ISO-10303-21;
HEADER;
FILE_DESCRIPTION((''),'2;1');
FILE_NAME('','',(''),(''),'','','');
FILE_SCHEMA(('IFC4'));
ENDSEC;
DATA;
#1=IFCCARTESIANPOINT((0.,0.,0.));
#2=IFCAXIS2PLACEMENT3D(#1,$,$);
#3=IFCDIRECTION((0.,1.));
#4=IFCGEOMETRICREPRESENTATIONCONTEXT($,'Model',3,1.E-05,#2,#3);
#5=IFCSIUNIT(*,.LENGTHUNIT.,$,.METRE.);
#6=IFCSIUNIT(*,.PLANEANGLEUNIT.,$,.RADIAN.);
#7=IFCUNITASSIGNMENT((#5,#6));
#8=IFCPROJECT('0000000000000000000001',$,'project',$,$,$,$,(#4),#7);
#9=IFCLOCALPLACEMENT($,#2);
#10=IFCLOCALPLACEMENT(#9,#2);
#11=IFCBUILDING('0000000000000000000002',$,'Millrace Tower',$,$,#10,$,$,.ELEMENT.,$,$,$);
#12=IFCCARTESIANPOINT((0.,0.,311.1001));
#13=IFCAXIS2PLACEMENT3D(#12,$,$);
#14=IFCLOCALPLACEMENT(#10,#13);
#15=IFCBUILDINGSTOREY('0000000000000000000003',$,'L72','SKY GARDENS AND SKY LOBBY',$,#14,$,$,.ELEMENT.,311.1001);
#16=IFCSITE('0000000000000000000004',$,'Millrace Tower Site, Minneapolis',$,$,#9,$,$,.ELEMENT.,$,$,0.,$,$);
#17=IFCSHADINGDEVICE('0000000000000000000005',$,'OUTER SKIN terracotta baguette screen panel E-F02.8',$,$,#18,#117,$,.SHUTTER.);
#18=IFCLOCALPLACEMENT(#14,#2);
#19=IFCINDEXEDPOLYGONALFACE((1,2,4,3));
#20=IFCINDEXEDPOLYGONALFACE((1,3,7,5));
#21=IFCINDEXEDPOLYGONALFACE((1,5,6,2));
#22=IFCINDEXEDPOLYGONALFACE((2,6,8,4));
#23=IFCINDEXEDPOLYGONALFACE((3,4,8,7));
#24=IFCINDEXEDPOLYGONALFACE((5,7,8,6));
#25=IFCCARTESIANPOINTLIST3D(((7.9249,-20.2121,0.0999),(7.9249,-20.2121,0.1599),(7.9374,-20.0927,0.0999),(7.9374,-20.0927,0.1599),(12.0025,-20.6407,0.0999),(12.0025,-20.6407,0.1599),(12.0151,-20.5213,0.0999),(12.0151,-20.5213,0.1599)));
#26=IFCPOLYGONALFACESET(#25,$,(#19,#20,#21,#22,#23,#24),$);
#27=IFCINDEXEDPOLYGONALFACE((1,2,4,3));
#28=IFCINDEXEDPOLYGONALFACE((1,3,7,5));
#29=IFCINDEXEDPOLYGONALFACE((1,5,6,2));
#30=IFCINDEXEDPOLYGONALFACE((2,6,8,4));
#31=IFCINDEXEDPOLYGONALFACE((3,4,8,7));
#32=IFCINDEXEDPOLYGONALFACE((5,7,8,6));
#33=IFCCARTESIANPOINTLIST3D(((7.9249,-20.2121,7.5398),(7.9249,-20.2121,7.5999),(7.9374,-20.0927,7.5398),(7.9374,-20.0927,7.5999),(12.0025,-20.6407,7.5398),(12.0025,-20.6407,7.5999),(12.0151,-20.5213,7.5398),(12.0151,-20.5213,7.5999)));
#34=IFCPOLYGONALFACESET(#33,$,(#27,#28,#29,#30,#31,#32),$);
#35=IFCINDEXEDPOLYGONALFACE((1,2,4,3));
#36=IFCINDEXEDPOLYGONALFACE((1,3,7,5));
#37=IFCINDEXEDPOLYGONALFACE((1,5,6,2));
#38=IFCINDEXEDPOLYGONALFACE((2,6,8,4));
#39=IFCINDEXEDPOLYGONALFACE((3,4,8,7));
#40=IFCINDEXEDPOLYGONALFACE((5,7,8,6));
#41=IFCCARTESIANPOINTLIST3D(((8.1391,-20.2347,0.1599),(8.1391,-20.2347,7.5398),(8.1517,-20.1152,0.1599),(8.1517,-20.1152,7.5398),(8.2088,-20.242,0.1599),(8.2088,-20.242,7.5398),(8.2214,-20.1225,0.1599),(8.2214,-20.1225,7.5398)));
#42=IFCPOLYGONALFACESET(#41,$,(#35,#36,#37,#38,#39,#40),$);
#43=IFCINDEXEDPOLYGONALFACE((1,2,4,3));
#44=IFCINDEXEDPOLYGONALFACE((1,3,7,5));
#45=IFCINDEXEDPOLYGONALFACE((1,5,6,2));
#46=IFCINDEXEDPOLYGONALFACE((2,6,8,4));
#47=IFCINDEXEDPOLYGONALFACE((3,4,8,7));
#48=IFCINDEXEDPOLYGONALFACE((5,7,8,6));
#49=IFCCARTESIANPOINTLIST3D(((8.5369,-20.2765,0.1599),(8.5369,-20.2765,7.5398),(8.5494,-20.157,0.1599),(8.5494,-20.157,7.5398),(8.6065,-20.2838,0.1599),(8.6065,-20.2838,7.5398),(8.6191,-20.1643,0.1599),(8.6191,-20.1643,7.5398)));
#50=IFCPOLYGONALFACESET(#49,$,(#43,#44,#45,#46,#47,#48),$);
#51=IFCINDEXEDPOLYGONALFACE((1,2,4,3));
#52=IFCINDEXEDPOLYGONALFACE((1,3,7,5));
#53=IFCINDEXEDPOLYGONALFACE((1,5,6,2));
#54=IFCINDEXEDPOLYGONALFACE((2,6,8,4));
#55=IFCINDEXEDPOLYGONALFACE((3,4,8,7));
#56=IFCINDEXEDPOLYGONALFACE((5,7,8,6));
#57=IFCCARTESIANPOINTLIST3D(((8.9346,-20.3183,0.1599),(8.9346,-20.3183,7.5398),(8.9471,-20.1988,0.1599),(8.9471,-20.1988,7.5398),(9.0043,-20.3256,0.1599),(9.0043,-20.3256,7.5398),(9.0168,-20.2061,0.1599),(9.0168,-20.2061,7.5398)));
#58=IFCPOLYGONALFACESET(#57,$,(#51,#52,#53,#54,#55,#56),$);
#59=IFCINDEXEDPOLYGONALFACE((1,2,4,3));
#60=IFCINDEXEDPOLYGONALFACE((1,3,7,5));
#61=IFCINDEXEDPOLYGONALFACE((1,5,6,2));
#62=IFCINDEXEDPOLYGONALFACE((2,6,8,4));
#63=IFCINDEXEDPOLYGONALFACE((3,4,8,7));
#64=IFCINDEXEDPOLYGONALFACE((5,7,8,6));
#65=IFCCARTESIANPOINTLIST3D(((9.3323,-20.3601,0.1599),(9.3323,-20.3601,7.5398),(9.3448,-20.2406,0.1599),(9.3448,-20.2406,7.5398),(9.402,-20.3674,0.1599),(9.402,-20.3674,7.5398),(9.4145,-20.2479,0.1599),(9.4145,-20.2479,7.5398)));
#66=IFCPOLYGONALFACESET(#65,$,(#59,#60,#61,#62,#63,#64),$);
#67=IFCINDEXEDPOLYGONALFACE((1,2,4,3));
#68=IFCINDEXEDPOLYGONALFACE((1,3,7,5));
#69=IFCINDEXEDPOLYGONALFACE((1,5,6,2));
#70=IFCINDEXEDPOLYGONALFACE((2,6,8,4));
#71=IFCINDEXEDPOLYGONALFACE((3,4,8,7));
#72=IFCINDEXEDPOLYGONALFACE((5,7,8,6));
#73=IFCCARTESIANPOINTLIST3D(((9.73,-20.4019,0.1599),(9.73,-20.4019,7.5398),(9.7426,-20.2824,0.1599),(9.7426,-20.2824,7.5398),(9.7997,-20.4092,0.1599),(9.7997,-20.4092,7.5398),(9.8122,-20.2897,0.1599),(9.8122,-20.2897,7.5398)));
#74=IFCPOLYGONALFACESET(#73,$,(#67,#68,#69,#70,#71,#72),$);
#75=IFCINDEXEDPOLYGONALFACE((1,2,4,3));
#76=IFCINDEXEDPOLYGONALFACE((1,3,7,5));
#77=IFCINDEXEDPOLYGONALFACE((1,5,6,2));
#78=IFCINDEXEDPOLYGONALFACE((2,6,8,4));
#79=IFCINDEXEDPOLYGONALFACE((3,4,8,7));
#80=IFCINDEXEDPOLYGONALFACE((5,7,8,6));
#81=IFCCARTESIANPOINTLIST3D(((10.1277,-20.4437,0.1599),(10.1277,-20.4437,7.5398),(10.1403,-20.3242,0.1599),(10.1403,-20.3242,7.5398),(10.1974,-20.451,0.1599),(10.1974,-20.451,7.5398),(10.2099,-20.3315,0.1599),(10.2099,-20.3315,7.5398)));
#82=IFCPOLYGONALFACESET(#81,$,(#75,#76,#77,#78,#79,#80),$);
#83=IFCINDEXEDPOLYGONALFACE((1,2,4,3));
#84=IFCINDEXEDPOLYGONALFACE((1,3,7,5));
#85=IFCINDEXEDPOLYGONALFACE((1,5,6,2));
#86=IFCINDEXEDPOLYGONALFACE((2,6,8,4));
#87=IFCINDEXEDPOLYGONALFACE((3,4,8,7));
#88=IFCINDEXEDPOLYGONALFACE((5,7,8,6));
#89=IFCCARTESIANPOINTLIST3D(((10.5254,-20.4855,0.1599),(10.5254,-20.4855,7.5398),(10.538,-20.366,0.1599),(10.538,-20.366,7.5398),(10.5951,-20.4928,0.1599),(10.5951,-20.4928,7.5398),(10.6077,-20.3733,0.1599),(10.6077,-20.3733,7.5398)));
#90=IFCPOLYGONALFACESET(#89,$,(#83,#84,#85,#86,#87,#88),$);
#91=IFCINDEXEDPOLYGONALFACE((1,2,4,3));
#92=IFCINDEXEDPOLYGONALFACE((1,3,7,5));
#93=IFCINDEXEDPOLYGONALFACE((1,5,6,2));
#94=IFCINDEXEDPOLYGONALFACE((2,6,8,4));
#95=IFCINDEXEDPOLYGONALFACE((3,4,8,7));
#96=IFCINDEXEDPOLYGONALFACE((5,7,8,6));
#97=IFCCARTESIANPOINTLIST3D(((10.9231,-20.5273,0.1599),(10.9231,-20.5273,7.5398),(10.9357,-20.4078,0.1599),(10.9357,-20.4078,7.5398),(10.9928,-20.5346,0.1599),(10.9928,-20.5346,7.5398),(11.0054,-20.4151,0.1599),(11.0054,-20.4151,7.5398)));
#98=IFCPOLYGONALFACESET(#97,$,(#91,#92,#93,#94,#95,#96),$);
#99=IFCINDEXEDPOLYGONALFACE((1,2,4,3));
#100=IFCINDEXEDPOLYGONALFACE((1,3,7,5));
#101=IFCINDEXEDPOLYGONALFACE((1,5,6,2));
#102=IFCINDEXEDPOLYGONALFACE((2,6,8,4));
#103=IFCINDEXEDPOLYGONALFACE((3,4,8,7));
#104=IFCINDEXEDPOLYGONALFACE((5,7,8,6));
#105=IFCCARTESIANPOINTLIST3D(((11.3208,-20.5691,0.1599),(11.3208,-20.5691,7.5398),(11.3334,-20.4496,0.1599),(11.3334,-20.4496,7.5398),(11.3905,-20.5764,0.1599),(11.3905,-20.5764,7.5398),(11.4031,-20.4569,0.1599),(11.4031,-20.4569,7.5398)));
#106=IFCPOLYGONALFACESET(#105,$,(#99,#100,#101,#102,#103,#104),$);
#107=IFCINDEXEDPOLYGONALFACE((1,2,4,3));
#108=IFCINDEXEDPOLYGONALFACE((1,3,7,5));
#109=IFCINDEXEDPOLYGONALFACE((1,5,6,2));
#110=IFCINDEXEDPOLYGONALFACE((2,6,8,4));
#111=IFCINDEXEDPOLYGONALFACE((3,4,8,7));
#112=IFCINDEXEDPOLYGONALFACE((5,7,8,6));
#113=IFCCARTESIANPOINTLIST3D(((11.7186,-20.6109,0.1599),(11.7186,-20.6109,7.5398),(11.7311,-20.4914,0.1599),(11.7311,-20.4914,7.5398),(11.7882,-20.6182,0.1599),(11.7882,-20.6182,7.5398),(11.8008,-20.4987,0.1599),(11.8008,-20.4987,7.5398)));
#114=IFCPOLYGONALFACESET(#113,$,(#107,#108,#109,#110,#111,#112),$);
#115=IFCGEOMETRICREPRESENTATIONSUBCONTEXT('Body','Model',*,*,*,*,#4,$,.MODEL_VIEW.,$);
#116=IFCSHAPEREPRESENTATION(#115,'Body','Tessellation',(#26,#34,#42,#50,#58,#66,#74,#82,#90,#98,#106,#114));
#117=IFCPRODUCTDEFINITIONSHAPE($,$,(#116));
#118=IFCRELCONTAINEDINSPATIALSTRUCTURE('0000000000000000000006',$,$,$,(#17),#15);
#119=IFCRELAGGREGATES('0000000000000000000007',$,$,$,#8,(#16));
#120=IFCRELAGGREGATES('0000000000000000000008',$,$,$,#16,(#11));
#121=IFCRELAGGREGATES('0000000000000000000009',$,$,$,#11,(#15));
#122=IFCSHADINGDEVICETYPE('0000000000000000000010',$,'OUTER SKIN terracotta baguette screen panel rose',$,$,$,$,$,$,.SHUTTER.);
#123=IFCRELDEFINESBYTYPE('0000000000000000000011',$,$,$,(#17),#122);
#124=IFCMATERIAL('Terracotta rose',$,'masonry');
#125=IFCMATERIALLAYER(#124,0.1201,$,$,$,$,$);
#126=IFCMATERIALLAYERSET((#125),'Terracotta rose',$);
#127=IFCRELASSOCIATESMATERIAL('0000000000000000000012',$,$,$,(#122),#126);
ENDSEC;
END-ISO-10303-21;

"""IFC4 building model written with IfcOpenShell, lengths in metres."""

from ifc_helpers import new_model, entity, si_unit, direction, frame, frame_2d, origin, place, context, subcontext, project, spatial, rectangle, extrude, source, transform, mapped, material, layer, layer_set, type_object, element, save


model = new_model("IFC4")

# Units and contexts
model_context = context("Model", 3, precision=1e-05, world=origin(), true_north=direction((0.0, 1.0)))
body_context = subcontext(model_context, "Body", "Model", "MODEL_VIEW")
ifc_project = project(units=[si_unit("LENGTHUNIT", "METRE"), si_unit("PLANEANGLEUNIT", "RADIAN")], contexts=[model_context])

# Site, building, storey
site_placement = place(None, origin())
site = spatial("IfcSite", under=ifc_project, at=site_placement, Name="Millrace Tower Site, Minneapolis", CompositionType="ELEMENT", RefElevation=0.0)
building_placement = place(site_placement, origin())
building = spatial("IfcBuilding", under=site, at=building_placement, Name="Millrace Tower", CompositionType="ELEMENT")
storey_placement = place(building_placement, frame((0.0, 0.0, 311.1001)))
storey = spatial("IfcBuildingStorey", under=building, at=storey_placement, Name="L72", Description="SKY GARDENS AND SKY LOBBY", CompositionType="ELEMENT", Elevation=311.1001)

# Shading device
ifc_material_1 = material(Name="Terracotta rose", Category="masonry")
ifc_layer_1 = layer(ifc_material_1, 0.1201)
ifc_layer_set_1 = layer_set([ifc_layer_1], Name="Terracotta rose")
shading_device_type = type_object("IfcShadingDeviceType", Name="OUTER SKIN terracotta baguette screen panel rose", PredefinedType="SHUTTER", material=ifc_layer_set_1)
cartesian_point_1 = entity("IfcCartesianPoint", [-2.05, 0.0601])
shared_polyline_1 = entity("IfcPolyline", [cartesian_point_1, entity("IfcCartesianPoint", [2.05, 0.0601]), entity("IfcCartesianPoint", [2.05, -0.0601]), entity("IfcCartesianPoint", [-2.05, -0.0601]), cartesian_point_1])
shared_shape_1 = source(origin(), body_context, "Body", "SweptSolid", [
    entity("IfcExtrudedAreaSolid", entity("IfcArbitraryClosedProfileDef", "AREA", None, shared_polyline_1), entity("IfcAxis2Placement3D", entity("IfcCartesianPoint", [0.0, 0.0, 0.0])), entity("IfcDirection", [0.0, 0.0, 1.0]), 0.0601),
    entity("IfcExtrudedAreaSolid", entity("IfcArbitraryClosedProfileDef", "AREA", None, shared_polyline_1), entity("IfcAxis2Placement3D", entity("IfcCartesianPoint", [0.0, 0.0, 7.4399])), entity("IfcDirection", [0.0, 0.0, 1.0]), 0.0601),
    extrude(rectangle(XDim=0.0701, YDim=0.1201, at=frame_2d((-1.7996, 0.0))), frame((0.0, 0.0, 0.0601)), (0.0, 0.0, 1.0), 7.3799),
    extrude(rectangle(XDim=0.0701, YDim=0.1201, at=frame_2d((-1.3997, 0.0))), frame((0.0, 0.0, 0.0601)), (0.0, 0.0, 1.0), 7.3799),
    extrude(rectangle(XDim=0.0701, YDim=0.1201, at=frame_2d((-0.9998, 0.0))), frame((0.0, 0.0, 0.0601)), (0.0, 0.0, 1.0), 7.3799),
    extrude(rectangle(XDim=0.0701, YDim=0.1201, at=frame_2d((-0.5999, 0.0))), frame((0.0, 0.0, 0.0601)), (0.0, 0.0, 1.0), 7.3799),
    extrude(rectangle(XDim=0.0701, YDim=0.1201, at=frame_2d((-0.2, 0.0))), frame((0.0, 0.0, 0.0601)), (0.0, 0.0, 1.0), 7.3799),
    extrude(rectangle(XDim=0.0701, YDim=0.1201, at=frame_2d((0.2, 0.0))), frame((0.0, 0.0, 0.0601)), (0.0, 0.0, 1.0), 7.3799),
    extrude(rectangle(XDim=0.0701, YDim=0.1201, at=frame_2d((0.5999, 0.0))), frame((0.0, 0.0, 0.0601)), (0.0, 0.0, 1.0), 7.3799),
    extrude(rectangle(XDim=0.0701, YDim=0.1201, at=frame_2d((0.9998, 0.0))), frame((0.0, 0.0, 0.0601)), (0.0, 0.0, 1.0), 7.3799),
    extrude(rectangle(XDim=0.0701, YDim=0.1201, at=frame_2d((1.3997, 0.0))), frame((0.0, 0.0, 0.0601)), (0.0, 0.0, 1.0), 7.3799),
    extrude(rectangle(XDim=0.0701, YDim=0.1201, at=frame_2d((1.7996, 0.0))), frame((0.0, 0.0, 0.0601)), (0.0, 0.0, 1.0), 7.3799),
])
shading_device_1_placement = place(storey_placement, frame((9.97, -20.3667, 0.0999), z_axis=(0.0, 0.0, 1.0), x_axis=(0.994522, -0.104528, 0.0)))
element("IfcShadingDevice", 1, at=shading_device_1_placement, inside=storey, type_object=shading_device_type, Name="OUTER SKIN terracotta baguette screen panel E-F02.8", PredefinedType="SHUTTER", context=body_context, shape_type="MappedRepresentation", body=[
    mapped(shared_shape_1, transform((0.0, 0.0, 0.0), scale=1.0)),
])

save(model, "model.ifc")
